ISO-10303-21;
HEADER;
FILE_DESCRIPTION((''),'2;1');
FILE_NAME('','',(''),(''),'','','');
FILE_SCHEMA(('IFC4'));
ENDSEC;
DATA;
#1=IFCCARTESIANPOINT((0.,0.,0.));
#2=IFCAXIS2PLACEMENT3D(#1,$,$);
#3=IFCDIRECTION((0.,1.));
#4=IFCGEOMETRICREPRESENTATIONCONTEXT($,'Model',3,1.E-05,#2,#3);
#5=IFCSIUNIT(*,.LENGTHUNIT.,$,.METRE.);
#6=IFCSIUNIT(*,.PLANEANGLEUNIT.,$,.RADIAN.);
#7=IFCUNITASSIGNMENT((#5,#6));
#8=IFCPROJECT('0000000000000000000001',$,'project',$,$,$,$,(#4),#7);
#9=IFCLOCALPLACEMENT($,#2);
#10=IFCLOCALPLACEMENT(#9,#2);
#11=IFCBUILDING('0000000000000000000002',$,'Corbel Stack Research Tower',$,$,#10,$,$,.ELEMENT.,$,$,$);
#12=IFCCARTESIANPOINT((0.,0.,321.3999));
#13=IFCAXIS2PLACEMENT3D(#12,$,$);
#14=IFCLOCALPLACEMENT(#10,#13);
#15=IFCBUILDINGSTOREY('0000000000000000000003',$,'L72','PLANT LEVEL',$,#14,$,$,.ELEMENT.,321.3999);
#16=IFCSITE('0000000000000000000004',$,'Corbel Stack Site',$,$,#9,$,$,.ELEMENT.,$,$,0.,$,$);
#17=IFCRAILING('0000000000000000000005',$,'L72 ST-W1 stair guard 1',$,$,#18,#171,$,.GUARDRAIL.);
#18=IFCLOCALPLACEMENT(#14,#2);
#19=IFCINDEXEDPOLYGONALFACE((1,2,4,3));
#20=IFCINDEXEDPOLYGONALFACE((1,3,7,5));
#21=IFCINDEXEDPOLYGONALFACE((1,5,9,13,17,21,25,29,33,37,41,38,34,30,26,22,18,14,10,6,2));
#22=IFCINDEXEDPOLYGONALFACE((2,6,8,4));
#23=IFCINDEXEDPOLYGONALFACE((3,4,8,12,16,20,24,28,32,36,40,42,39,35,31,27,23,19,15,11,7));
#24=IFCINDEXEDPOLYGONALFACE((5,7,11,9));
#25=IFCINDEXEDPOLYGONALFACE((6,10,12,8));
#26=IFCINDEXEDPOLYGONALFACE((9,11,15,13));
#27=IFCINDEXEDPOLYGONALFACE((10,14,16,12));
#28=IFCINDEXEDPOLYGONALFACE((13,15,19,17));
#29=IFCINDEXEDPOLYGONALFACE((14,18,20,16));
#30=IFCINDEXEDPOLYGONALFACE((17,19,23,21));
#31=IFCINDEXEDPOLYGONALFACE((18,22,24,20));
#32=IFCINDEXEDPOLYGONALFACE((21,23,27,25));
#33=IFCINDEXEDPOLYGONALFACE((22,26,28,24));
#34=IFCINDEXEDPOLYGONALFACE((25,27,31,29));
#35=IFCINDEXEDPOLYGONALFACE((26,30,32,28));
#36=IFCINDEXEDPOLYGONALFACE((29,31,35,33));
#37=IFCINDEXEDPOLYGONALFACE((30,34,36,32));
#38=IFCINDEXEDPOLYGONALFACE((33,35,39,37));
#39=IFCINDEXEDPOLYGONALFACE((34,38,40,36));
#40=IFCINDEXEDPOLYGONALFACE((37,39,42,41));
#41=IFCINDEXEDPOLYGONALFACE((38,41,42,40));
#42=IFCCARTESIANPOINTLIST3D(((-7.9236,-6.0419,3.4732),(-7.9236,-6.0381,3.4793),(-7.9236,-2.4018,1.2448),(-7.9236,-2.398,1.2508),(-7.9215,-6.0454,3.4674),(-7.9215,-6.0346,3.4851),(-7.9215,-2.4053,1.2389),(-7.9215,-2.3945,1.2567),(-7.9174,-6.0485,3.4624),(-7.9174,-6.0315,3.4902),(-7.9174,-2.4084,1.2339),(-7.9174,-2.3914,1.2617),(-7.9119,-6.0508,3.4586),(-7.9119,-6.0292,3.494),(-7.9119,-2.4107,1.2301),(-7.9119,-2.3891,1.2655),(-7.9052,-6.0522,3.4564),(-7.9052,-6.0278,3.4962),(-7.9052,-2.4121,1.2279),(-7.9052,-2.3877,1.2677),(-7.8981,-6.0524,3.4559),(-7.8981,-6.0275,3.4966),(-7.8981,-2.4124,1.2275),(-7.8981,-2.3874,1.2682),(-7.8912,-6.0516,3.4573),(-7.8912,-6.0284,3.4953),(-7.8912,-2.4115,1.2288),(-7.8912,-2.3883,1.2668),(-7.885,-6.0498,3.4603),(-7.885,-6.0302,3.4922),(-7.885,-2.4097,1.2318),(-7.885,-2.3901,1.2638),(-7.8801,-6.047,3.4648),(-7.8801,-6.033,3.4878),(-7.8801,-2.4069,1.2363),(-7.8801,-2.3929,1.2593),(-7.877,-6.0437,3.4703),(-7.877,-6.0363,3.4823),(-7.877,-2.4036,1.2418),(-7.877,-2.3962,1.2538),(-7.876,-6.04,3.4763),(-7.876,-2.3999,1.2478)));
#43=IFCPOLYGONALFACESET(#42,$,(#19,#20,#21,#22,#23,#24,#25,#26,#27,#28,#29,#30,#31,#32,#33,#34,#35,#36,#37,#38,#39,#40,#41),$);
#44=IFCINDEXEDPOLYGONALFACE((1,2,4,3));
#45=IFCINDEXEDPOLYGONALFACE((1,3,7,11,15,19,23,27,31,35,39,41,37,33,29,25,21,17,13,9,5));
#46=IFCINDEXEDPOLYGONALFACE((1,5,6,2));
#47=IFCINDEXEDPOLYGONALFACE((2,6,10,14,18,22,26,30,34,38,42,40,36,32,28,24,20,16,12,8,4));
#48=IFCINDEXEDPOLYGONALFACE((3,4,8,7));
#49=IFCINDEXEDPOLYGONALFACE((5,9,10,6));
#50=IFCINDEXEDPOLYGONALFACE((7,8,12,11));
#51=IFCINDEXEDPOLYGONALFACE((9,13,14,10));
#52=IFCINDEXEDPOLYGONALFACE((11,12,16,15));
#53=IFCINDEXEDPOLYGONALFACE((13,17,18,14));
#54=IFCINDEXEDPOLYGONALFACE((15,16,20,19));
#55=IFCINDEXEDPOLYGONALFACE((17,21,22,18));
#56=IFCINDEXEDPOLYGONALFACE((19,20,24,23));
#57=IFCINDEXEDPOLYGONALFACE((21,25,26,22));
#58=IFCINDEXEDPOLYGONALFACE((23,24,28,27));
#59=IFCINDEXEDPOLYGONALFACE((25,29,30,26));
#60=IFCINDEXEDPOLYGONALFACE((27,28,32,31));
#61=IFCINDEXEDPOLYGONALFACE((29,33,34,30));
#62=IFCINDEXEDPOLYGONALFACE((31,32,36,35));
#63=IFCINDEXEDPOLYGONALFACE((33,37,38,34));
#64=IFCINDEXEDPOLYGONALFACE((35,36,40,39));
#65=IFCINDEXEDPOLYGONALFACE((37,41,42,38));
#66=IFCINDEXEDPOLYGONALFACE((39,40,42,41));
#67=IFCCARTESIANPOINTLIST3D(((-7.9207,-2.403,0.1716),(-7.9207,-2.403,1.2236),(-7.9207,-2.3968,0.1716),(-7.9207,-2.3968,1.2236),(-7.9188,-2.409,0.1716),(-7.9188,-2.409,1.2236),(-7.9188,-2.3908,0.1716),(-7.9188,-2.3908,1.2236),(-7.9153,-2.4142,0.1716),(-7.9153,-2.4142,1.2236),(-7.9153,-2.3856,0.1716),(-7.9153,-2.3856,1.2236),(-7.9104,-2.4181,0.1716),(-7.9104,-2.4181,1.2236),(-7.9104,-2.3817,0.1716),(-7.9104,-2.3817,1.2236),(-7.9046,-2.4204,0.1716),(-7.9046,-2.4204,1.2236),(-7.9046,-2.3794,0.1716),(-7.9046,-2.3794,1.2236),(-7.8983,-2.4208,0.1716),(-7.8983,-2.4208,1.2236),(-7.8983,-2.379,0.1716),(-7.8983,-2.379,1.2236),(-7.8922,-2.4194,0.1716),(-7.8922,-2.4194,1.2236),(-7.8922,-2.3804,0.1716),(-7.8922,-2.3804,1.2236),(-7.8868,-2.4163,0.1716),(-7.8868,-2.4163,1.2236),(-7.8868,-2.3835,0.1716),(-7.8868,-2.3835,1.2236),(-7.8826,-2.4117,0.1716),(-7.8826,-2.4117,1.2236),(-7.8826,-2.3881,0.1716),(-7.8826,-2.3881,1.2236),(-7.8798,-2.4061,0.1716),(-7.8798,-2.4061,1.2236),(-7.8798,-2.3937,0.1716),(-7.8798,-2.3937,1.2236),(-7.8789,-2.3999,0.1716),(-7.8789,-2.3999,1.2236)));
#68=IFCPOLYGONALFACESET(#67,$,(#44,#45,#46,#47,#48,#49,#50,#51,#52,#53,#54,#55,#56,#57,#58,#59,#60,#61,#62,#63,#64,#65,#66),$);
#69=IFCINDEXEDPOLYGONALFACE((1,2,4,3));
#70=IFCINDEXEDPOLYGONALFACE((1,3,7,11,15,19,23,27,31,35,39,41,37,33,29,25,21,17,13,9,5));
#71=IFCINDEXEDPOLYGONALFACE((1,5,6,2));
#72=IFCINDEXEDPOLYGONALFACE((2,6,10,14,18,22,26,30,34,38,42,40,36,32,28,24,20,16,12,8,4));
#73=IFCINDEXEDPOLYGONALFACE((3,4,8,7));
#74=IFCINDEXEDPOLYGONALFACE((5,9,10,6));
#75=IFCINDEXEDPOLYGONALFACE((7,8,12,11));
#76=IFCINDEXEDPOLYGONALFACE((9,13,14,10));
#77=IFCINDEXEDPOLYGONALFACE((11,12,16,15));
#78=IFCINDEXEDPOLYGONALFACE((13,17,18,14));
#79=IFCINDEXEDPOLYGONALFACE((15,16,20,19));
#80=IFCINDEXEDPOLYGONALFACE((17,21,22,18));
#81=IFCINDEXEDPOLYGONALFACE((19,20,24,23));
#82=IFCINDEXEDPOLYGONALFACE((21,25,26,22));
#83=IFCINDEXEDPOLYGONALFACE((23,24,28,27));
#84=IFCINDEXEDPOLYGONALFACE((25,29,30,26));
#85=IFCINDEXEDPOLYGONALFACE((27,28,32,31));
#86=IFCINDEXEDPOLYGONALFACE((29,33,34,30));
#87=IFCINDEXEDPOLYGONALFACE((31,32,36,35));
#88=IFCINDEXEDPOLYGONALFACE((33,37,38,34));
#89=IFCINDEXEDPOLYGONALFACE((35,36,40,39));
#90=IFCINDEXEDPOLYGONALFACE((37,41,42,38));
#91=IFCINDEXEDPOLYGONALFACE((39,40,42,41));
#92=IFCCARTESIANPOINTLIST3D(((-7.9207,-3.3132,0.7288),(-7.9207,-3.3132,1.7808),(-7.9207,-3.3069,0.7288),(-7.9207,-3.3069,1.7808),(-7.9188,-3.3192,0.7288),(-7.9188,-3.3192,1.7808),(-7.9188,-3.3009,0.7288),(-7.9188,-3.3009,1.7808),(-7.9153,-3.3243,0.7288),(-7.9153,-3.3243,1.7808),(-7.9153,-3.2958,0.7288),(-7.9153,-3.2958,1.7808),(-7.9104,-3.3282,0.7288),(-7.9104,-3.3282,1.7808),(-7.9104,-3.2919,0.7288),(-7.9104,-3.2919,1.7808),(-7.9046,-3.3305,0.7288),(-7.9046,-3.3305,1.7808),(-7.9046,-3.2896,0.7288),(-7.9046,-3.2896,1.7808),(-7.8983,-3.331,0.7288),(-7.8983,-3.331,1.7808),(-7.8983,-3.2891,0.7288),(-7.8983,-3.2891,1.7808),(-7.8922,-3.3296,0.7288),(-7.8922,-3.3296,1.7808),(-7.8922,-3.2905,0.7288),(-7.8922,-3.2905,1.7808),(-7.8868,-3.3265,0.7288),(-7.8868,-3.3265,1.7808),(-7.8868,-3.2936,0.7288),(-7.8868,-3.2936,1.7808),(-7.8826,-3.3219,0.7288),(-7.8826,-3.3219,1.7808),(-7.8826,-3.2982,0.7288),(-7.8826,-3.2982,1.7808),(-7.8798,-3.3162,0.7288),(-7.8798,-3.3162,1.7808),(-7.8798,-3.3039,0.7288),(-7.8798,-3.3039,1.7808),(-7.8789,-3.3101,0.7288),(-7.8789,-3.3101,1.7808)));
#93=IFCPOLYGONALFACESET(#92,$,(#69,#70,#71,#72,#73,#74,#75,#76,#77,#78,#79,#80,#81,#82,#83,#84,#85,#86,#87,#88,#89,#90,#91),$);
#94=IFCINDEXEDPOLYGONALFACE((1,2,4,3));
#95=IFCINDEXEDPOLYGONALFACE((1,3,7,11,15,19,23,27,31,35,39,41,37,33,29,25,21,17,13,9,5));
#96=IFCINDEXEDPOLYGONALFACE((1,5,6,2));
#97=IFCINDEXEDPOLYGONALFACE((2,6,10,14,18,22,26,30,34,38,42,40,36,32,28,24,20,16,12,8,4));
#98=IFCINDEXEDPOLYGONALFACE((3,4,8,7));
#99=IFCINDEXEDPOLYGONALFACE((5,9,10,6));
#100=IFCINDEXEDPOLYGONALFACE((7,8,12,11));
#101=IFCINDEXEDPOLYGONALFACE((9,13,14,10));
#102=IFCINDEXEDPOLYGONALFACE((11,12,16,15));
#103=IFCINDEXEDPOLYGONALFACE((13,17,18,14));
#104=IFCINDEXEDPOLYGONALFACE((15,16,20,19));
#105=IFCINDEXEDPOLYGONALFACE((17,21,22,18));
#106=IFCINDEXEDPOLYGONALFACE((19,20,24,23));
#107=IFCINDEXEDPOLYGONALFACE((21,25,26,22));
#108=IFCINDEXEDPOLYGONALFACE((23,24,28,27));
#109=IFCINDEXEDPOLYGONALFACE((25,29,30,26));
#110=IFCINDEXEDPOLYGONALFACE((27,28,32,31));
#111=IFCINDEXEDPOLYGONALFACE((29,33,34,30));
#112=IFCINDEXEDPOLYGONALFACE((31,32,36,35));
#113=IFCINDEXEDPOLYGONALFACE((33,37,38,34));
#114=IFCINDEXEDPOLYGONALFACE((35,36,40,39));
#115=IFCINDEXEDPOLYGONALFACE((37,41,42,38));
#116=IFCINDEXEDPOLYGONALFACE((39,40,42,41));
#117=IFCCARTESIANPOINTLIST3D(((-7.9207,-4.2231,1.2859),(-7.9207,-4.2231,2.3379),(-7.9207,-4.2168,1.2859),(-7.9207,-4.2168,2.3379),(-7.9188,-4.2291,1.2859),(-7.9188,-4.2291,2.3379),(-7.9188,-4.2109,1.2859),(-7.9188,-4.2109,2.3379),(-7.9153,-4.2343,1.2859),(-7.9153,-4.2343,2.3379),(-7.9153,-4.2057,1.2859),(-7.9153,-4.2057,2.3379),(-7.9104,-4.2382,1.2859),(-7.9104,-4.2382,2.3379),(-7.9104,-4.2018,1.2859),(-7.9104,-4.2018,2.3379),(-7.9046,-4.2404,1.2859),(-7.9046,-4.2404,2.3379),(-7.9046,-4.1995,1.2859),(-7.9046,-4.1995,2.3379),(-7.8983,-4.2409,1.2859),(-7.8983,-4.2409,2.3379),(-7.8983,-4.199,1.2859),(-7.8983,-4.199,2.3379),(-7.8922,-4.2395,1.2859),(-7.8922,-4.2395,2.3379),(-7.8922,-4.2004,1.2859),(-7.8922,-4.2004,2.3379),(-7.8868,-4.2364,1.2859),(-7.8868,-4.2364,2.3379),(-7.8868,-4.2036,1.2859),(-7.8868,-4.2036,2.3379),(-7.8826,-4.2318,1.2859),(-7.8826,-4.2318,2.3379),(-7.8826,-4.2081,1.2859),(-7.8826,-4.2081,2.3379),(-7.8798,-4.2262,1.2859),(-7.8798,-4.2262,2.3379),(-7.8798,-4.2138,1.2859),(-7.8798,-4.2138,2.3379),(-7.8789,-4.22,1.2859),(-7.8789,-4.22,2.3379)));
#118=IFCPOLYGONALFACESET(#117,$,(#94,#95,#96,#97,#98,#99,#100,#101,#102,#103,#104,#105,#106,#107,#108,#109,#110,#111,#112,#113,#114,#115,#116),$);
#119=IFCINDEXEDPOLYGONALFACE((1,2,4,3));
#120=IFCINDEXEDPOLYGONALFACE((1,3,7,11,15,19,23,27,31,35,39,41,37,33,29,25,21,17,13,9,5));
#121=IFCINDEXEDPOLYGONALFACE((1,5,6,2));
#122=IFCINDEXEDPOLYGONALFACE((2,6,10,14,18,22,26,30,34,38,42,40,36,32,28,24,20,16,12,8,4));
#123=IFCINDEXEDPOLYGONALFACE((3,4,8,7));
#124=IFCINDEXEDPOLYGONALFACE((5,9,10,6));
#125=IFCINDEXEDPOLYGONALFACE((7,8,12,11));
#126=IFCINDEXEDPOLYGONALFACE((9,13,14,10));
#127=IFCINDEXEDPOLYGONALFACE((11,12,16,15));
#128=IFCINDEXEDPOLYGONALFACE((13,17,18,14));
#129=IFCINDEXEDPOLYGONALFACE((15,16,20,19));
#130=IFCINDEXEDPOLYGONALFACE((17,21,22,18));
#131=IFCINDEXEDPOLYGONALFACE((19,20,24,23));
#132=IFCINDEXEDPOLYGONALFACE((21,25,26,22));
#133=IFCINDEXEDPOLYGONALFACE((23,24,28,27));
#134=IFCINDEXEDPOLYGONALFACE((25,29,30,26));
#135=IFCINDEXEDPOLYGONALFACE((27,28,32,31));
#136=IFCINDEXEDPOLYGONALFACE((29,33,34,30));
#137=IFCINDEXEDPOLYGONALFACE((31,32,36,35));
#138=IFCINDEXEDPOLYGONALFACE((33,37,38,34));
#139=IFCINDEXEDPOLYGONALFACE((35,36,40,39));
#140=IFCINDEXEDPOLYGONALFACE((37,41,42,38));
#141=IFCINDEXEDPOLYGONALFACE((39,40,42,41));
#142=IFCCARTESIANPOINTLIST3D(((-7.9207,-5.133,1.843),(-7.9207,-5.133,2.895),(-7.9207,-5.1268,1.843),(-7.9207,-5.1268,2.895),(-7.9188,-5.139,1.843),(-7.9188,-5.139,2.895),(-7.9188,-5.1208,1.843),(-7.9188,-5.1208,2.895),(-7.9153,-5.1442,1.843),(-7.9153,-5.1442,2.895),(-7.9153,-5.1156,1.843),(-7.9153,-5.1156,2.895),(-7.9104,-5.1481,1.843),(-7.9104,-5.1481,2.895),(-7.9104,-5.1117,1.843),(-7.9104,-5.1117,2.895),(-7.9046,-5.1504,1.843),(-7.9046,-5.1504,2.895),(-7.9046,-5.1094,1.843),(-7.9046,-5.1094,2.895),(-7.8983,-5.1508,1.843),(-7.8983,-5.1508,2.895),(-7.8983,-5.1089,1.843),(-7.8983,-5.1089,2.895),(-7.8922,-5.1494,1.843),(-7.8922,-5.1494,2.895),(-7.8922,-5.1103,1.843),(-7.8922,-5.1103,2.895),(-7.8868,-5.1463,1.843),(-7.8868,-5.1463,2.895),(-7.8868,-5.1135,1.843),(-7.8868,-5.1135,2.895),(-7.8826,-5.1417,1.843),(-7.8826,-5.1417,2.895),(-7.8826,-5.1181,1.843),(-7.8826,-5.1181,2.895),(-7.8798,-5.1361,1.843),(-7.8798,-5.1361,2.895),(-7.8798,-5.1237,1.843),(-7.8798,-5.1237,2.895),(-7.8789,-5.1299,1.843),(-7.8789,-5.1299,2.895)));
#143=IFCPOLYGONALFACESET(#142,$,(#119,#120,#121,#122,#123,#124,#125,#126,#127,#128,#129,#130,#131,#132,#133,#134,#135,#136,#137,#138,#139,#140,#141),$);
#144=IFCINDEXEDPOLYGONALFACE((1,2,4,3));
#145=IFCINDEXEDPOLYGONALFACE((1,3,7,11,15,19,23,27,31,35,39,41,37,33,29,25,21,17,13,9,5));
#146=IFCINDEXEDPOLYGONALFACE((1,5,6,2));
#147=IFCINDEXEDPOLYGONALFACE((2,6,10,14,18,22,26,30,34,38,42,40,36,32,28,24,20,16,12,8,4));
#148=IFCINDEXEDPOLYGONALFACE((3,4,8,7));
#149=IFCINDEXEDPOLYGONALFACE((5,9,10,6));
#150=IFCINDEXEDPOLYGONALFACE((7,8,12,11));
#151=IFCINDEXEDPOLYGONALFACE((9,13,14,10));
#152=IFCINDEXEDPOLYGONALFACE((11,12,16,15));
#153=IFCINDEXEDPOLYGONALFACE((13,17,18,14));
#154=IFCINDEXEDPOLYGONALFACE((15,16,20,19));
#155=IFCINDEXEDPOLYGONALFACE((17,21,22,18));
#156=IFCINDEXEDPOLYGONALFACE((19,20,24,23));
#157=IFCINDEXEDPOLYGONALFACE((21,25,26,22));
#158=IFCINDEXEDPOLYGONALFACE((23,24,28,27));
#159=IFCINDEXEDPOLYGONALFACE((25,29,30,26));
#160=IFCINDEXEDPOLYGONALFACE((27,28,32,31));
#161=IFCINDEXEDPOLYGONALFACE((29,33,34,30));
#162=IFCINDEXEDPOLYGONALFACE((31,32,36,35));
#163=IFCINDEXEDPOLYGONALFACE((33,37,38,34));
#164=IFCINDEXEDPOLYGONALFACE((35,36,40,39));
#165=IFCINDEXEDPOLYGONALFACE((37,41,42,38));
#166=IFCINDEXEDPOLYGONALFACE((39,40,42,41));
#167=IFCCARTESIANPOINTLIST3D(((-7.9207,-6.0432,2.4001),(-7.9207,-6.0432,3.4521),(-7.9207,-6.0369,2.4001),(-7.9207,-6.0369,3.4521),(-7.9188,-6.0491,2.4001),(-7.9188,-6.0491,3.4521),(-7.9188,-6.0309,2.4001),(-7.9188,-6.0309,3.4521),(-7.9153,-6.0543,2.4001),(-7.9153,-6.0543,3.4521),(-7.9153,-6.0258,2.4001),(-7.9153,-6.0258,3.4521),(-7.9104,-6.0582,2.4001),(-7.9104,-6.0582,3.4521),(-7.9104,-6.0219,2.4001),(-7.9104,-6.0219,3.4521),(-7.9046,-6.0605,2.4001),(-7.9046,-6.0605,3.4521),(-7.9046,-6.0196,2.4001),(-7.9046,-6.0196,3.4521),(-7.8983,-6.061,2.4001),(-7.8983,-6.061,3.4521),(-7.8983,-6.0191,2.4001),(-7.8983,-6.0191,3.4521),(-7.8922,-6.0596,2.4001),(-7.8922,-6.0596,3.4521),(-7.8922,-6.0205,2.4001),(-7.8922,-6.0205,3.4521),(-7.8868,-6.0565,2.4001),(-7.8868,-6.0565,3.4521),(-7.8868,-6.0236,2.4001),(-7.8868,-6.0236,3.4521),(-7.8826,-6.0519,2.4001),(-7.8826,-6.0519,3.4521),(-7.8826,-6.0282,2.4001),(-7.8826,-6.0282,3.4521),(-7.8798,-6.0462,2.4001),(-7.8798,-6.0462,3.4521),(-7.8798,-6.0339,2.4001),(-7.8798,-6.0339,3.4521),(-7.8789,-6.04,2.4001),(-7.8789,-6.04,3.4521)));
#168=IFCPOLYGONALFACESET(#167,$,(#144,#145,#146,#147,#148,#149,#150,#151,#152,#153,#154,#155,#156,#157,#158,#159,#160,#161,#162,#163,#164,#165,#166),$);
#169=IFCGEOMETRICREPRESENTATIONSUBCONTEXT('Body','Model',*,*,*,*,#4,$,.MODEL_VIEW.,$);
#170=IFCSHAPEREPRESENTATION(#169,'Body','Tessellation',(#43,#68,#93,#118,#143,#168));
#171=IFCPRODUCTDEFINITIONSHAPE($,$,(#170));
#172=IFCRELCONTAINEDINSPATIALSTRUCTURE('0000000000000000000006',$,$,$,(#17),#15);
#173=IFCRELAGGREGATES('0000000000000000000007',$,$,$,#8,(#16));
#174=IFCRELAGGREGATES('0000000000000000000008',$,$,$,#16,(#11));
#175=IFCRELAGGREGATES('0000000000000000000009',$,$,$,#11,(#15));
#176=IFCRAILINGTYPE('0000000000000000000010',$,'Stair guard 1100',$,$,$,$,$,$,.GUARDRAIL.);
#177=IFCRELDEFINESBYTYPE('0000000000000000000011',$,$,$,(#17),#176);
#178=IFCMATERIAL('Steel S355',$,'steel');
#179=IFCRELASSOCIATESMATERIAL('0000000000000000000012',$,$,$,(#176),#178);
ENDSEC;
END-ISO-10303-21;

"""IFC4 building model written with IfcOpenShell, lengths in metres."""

from ifc_helpers import new_model, si_unit, direction, frame, origin, origin_2d, place, context, subcontext, project, spatial, circle, extrude, material, type_object, element, save


model = new_model("IFC4")

# Units and contexts
model_context = context("Model", 3, precision=1e-05, world=origin(), true_north=direction((0.0, 1.0)))
body_context = subcontext(model_context, "Body", "Model", "MODEL_VIEW")
ifc_project = project(units=[si_unit("LENGTHUNIT", "METRE"), si_unit("PLANEANGLEUNIT", "RADIAN")], contexts=[model_context])

# Site, building, storey
site_placement = place(None, origin())
site = spatial("IfcSite", under=ifc_project, at=site_placement, Name="Corbel Stack Site", CompositionType="ELEMENT", RefElevation=0.0)
building_placement = place(site_placement, origin())
building = spatial("IfcBuilding", under=site, at=building_placement, Name="Corbel Stack Research Tower", CompositionType="ELEMENT")
storey_placement = place(building_placement, frame((0.0, 0.0, 321.3999)))
storey = spatial("IfcBuildingStorey", under=building, at=storey_placement, Name="L72", Description="PLANT LEVEL", CompositionType="ELEMENT", Elevation=321.3999)

# Railing
ifc_material_1 = material(Name="Steel S355", Category="steel")
railing_type_1 = type_object("IfcRailingType", Name="Stair guard 1100", PredefinedType="GUARDRAIL", material=ifc_material_1)
railing_1_placement = place(storey_placement, frame((-7.8999, -2.3999, 0.1716)))
element("IfcRailing", 1, at=railing_1_placement, inside=storey, type_object=railing_type_1, Name="L72 ST-W1 stair guard 1", PredefinedType="GUARDRAIL", context=body_context, shape_type="SweptSolid", body=[
    extrude(circle(Radius=0.0239, at=origin_2d()), frame((0.0, 0.0, 1.0762), z_axis=(0.0, -0.852866, 0.52213), x_axis=(1.0, 0.0, 0.0)), (0.0, 0.0, 1.0), 4.2681),
    extrude(circle(Radius=0.021, at=origin_2d()), origin(), (0.0, 0.0, 1.0), 1.052),
    extrude(circle(Radius=0.021, at=origin_2d()), frame((0.0, -0.9102, 0.5571)), (0.0, 0.0, 1.0), 1.052),
    extrude(circle(Radius=0.021, at=origin_2d()), frame((0.0, -1.8201, 1.1143)), (0.0, 0.0, 1.0), 1.052),
    extrude(circle(Radius=0.021, at=origin_2d()), frame((0.0, -2.73, 1.6714)), (0.0, 0.0, 1.0), 1.052),
    extrude(circle(Radius=0.021, at=origin_2d()), frame((0.0, -3.6401, 2.2285)), (0.0, 0.0, 1.0), 1.052),
])

save(model, "model.ifc")
